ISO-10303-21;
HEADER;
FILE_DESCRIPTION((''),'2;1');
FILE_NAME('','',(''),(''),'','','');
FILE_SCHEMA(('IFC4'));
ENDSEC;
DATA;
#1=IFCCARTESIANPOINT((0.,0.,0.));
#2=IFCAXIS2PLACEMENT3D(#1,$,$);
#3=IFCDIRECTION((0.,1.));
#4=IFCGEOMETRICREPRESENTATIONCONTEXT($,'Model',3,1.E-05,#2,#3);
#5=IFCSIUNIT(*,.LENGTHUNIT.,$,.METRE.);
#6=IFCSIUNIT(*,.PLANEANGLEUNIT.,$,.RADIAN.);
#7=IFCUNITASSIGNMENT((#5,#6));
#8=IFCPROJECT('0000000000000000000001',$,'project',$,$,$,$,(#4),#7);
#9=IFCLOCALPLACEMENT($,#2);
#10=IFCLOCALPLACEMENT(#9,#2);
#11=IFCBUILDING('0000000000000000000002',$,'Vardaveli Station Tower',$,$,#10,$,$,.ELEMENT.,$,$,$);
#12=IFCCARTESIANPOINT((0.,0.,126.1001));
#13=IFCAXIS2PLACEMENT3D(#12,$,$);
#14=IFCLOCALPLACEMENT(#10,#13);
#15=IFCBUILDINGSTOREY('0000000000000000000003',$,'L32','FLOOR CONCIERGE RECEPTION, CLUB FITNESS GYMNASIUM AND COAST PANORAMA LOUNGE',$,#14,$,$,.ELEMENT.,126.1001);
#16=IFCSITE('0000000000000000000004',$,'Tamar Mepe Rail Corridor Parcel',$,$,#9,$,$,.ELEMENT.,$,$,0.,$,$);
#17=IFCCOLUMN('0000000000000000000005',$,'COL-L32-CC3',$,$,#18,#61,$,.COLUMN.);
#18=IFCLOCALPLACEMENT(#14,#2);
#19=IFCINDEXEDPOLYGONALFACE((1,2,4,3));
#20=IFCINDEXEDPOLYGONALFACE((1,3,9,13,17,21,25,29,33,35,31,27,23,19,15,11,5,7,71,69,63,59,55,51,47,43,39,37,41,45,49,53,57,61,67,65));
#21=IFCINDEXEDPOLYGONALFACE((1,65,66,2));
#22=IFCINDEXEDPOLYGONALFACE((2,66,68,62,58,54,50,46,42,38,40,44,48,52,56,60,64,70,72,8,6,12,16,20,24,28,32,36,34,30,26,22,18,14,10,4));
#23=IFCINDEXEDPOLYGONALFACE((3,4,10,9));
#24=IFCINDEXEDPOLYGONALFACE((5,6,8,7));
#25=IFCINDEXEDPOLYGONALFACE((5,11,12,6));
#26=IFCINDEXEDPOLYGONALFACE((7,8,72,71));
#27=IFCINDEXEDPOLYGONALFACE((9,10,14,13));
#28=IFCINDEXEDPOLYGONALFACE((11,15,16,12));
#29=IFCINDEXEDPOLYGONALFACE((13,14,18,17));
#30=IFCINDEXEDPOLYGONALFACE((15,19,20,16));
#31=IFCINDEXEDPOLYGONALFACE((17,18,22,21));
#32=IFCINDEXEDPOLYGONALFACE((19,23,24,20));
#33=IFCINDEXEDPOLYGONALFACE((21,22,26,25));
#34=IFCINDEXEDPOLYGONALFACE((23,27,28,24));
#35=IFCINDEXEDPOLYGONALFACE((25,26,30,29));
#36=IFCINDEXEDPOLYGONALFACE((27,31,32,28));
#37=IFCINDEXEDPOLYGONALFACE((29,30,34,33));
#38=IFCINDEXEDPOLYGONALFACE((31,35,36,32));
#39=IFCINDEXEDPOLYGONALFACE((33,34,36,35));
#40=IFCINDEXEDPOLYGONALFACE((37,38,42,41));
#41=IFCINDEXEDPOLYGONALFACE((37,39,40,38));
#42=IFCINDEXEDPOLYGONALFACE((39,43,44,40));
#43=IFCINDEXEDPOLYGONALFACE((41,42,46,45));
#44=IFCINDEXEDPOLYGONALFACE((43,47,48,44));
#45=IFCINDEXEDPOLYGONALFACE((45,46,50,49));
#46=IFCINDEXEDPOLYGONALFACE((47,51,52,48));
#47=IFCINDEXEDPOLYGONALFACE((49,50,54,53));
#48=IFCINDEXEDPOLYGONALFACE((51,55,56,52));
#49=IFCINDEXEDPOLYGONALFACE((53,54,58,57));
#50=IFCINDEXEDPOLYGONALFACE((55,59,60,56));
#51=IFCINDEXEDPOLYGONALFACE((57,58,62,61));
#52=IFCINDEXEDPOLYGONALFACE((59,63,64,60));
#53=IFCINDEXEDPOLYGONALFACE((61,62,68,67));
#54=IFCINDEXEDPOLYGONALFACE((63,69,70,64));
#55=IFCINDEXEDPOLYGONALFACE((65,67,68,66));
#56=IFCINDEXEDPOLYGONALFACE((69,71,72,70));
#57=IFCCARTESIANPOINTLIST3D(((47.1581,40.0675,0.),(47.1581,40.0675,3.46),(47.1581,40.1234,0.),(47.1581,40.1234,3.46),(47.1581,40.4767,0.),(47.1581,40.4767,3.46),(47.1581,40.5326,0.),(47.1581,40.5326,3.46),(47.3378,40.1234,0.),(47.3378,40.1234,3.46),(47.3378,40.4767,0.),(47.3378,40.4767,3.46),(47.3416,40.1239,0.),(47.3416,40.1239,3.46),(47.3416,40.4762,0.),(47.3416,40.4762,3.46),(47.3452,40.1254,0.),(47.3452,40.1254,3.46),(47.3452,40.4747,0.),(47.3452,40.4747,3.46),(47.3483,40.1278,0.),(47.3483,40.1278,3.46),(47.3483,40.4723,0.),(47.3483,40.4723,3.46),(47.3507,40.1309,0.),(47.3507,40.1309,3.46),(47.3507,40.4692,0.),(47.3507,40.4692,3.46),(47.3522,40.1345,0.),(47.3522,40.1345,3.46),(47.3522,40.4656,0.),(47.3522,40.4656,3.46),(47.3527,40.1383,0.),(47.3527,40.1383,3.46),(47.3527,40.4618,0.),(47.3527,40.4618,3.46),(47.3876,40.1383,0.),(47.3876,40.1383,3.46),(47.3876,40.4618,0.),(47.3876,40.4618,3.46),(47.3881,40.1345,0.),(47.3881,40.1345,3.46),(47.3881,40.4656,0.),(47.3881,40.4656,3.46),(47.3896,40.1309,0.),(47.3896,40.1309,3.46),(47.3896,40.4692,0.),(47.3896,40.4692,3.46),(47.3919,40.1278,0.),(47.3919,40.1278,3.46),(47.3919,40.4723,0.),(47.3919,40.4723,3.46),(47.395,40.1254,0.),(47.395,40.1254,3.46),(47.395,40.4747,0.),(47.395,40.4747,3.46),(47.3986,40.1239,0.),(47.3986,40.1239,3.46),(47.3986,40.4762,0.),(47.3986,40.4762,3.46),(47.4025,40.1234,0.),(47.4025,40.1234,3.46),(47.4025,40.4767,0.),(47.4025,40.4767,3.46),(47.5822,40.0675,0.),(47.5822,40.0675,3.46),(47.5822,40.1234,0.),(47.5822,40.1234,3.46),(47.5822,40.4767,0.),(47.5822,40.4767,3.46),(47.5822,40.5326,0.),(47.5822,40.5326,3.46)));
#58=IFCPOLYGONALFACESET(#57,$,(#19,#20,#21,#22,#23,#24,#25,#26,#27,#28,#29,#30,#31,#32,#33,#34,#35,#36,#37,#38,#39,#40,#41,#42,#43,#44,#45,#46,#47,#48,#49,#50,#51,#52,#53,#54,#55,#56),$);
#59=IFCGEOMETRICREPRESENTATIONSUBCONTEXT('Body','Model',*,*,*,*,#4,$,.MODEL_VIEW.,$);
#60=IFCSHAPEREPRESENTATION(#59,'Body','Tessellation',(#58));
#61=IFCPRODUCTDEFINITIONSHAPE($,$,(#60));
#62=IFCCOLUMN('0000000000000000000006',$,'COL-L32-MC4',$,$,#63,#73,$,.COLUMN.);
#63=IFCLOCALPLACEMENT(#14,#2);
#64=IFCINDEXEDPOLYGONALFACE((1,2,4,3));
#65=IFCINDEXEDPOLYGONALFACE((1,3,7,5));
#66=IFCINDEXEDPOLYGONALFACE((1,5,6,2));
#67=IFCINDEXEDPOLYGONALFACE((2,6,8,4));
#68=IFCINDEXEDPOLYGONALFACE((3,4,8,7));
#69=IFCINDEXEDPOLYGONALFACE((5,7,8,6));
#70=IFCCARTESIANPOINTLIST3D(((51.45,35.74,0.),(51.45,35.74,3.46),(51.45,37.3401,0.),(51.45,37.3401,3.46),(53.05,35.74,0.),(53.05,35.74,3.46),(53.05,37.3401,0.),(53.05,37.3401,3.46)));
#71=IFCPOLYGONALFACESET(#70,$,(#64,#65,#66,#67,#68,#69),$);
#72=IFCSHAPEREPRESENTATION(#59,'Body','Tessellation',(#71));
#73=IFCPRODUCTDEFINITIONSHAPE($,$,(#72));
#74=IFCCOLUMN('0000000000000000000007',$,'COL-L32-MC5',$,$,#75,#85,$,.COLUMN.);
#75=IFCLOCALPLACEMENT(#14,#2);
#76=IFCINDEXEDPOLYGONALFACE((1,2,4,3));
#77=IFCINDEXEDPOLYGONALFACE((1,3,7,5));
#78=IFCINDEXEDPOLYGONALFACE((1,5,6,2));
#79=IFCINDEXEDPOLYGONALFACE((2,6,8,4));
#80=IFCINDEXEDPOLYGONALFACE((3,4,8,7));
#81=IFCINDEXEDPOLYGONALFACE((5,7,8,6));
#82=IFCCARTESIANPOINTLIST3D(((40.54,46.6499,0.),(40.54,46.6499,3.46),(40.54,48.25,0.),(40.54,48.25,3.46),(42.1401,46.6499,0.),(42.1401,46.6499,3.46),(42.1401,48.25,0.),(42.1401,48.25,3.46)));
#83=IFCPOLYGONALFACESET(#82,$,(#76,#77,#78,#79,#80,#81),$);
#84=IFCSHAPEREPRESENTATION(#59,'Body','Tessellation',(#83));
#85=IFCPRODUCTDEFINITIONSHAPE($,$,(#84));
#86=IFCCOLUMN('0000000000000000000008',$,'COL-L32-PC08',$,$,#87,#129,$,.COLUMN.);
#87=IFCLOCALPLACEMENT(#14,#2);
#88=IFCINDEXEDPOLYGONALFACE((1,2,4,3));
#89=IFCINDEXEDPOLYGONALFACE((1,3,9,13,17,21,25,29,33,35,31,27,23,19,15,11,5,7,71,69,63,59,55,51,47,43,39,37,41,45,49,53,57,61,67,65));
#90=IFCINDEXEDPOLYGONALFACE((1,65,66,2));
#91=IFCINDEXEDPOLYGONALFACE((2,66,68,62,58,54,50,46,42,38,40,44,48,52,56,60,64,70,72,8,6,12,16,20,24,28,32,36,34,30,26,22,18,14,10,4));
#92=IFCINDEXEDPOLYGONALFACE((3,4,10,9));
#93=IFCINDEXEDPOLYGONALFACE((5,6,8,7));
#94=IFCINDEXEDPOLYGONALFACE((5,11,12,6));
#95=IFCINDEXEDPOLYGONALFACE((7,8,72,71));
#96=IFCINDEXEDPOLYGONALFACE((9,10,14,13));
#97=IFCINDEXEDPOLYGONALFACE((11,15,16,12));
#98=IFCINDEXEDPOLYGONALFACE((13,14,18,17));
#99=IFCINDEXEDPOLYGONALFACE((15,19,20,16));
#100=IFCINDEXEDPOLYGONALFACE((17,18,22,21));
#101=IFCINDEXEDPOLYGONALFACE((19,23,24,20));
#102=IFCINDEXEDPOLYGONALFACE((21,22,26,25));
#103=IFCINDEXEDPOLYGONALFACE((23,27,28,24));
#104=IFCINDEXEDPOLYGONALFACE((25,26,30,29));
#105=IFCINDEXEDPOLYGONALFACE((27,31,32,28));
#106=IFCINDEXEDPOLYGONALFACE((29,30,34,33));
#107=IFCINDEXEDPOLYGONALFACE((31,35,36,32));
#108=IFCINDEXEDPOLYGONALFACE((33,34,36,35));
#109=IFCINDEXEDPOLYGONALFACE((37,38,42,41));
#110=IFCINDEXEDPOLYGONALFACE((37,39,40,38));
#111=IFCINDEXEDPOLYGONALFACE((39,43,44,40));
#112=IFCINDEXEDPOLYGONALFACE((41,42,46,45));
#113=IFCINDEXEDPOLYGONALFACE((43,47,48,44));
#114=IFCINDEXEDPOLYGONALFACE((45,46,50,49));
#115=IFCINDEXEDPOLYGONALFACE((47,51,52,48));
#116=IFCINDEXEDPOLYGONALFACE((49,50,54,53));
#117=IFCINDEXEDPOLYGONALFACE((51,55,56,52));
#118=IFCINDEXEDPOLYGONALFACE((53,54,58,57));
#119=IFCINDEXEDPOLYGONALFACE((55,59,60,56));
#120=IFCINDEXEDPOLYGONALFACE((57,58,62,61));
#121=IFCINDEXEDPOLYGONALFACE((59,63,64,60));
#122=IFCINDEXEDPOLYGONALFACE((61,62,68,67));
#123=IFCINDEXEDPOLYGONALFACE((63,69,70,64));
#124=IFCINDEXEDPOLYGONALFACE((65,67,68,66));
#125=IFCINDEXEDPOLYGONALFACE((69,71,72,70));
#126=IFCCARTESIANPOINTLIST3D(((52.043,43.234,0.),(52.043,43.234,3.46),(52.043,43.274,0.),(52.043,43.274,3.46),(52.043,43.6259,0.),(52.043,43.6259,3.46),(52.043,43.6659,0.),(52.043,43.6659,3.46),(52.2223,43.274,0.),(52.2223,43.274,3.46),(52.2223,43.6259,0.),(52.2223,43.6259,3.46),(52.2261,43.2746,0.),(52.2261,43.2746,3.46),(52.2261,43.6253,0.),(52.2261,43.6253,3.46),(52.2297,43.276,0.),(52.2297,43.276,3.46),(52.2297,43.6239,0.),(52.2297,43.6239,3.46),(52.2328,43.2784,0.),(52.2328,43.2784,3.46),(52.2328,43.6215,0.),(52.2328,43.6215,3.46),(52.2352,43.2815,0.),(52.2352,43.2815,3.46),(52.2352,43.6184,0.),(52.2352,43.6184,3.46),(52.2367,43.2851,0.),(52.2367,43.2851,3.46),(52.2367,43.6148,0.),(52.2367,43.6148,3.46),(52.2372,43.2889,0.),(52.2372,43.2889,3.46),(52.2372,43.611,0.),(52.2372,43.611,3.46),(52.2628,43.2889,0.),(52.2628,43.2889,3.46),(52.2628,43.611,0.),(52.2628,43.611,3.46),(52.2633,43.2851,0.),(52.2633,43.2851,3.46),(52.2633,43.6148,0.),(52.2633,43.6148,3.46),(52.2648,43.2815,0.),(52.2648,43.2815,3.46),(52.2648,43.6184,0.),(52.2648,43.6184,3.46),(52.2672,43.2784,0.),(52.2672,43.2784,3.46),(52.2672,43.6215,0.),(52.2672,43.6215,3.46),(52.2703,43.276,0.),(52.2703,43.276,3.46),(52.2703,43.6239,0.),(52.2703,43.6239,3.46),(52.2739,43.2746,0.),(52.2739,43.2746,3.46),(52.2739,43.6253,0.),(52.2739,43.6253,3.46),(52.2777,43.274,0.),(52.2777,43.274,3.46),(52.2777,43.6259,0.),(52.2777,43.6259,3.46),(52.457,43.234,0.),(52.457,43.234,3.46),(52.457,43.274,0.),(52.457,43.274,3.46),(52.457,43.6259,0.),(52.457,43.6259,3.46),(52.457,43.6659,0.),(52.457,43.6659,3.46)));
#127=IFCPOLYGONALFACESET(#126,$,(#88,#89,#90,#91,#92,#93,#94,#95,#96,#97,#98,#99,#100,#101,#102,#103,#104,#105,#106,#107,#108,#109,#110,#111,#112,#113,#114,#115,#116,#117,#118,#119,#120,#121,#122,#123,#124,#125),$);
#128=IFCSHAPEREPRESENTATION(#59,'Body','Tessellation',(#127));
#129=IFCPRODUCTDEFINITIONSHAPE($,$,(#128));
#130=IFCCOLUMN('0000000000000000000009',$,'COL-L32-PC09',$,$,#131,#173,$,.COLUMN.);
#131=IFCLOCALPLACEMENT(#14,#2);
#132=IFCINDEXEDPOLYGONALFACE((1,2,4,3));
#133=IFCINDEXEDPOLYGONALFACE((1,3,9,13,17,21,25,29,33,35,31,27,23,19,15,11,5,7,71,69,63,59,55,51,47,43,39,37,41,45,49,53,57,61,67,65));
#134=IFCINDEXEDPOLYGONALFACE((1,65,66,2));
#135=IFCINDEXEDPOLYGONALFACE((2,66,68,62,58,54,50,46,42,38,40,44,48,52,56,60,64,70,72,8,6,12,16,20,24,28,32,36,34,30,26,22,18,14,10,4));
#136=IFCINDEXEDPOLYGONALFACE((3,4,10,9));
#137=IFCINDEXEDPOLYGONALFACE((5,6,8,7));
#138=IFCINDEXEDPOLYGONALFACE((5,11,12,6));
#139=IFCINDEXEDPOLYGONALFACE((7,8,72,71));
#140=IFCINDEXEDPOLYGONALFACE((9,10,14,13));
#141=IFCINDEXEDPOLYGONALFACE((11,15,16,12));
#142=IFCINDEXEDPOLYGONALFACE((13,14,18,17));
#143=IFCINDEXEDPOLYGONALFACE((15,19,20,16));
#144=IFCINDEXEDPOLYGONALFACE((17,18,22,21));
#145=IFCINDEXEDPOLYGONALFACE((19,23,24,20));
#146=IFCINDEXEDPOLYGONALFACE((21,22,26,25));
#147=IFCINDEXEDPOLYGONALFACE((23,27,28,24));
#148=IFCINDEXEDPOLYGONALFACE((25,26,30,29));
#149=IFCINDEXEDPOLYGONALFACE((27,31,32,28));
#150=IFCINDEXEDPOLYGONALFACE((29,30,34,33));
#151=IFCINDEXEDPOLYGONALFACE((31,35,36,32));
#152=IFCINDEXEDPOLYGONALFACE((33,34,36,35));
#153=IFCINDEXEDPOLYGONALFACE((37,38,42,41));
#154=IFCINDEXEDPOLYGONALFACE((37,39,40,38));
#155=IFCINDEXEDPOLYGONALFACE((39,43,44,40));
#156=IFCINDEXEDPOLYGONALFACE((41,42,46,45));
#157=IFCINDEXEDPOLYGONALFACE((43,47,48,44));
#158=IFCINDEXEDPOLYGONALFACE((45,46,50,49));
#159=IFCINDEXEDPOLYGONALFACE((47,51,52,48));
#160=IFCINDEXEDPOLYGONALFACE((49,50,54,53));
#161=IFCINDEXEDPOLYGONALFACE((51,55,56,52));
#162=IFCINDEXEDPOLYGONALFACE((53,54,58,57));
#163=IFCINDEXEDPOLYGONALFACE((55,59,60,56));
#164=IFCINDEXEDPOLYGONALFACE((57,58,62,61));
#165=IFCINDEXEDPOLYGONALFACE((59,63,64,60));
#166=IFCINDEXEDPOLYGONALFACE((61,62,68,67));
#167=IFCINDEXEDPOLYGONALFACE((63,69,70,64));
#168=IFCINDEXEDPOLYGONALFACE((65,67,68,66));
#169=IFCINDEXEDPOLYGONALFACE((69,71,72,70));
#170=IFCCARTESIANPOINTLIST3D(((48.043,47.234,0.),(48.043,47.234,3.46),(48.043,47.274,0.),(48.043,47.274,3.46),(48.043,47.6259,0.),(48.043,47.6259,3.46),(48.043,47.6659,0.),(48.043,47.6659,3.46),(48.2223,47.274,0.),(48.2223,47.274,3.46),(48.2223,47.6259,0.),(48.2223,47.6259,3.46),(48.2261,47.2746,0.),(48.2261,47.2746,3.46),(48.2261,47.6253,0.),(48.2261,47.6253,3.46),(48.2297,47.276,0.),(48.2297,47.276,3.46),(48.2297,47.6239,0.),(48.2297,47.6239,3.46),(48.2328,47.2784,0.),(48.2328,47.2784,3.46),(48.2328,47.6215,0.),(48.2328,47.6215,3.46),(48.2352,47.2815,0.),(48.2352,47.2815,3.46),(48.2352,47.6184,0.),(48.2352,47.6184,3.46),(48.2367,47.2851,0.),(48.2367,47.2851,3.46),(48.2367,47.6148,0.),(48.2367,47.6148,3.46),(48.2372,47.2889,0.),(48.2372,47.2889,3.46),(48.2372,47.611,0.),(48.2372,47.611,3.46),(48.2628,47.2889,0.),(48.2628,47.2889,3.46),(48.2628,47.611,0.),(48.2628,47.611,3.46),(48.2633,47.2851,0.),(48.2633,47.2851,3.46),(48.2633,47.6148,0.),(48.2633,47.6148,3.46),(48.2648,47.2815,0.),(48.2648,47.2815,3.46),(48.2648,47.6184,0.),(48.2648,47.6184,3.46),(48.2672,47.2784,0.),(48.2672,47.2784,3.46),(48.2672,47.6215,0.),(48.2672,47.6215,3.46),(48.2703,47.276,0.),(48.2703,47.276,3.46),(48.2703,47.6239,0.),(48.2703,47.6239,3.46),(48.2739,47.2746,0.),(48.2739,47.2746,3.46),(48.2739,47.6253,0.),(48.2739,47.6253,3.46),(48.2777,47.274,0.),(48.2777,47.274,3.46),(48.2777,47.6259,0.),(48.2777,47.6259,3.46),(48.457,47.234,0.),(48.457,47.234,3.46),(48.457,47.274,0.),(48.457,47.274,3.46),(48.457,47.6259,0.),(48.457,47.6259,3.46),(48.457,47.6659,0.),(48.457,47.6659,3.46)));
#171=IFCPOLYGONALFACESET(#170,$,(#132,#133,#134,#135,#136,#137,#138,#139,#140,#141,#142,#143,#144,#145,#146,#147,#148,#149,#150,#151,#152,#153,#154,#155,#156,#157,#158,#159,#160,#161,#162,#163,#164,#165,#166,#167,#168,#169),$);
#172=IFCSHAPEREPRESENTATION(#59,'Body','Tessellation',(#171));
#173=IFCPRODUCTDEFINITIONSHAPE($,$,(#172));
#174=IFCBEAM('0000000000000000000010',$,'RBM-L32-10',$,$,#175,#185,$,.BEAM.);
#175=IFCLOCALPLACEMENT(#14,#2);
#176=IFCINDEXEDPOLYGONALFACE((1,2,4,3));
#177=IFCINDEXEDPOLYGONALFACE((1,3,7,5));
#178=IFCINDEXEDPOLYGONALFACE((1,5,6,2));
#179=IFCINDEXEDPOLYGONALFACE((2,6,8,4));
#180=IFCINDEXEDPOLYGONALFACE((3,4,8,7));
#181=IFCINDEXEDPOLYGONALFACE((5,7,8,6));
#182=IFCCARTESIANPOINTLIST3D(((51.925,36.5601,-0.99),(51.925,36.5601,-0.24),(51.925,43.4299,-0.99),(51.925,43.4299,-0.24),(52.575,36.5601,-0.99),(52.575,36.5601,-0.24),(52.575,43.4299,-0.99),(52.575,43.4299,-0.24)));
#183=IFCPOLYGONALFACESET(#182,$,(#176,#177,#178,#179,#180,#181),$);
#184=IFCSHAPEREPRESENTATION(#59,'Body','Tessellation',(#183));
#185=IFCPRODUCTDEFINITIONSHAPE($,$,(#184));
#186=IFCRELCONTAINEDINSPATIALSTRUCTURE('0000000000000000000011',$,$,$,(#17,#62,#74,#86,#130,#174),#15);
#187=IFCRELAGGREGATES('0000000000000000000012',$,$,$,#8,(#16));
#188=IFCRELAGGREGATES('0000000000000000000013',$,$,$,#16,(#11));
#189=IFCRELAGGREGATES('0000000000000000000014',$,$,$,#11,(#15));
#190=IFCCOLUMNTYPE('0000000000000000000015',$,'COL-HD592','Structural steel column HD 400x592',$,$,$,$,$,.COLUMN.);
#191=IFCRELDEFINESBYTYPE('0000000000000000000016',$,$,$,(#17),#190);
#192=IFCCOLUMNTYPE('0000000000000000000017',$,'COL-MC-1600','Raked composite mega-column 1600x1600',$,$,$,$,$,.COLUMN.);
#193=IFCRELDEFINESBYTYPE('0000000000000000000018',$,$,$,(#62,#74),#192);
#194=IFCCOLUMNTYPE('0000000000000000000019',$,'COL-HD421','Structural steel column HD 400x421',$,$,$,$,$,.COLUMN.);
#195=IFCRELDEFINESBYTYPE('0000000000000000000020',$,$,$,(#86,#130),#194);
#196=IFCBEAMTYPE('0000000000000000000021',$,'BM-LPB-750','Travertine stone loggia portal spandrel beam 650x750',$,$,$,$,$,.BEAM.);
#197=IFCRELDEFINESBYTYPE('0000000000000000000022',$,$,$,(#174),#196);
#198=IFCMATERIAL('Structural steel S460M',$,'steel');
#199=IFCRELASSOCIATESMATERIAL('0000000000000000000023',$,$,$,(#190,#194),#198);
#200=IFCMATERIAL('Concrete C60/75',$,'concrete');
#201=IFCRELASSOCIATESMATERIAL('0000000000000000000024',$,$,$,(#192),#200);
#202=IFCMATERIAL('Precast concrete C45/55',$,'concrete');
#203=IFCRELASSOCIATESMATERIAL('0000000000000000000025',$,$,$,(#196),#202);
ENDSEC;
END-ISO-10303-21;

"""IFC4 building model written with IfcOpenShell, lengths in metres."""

from ifc_helpers import new_model, si_unit, direction, frame, origin, origin_2d, place, context, subcontext, project, spatial, rectangle, i_section, extrude, source, transform, mapped, material, material_profile, profile_set, type_object, element, save


model = new_model("IFC4")

# Units and contexts
model_context = context("Model", 3, precision=1e-05, world=origin(), true_north=direction((0.0, 1.0)))
body_context = subcontext(model_context, "Body", "Model", "MODEL_VIEW")
ifc_project = project(units=[si_unit("LENGTHUNIT", "METRE"), si_unit("PLANEANGLEUNIT", "RADIAN")], contexts=[model_context])

# Site, building, storey
site_placement = place(None, origin())
site = spatial("IfcSite", under=ifc_project, at=site_placement, Name="Tamar Mepe Rail Corridor Parcel", CompositionType="ELEMENT", RefElevation=0.0)
building_placement = place(site_placement, origin())
building = spatial("IfcBuilding", under=site, at=building_placement, Name="Vardaveli Station Tower", CompositionType="ELEMENT")
storey_placement = place(building_placement, frame((0.0, 0.0, 126.1001)))
storey = spatial("IfcBuildingStorey", under=building, at=storey_placement, Name="L32", Description="FLOOR CONCIERGE RECEPTION, CLUB FITNESS GYMNASIUM AND COAST PANORAMA LOUNGE", CompositionType="ELEMENT", Elevation=126.1001)

# Columns
ifc_material_1 = material(Name="Structural steel S460M", Category="steel")
ifc_material_profile_1 = material_profile(ifc_material_1, i_section(OverallWidth=0.4241, OverallDepth=0.4651, WebThickness=0.0349, FlangeThickness=0.0559, FilletRadius=0.0149, at=origin_2d()), Name="HD 400x592")
ifc_profile_set_1 = profile_set([ifc_material_profile_1], Name="Structural steel S460M")
column_type_1 = type_object("IfcColumnType", Name="COL-HD592", Description="Structural steel column HD 400x592", PredefinedType="COLUMN", material=ifc_profile_set_1)
shared_shape_1 = source(origin(), body_context, "Body", "SweptSolid", [
    extrude(i_section(OverallWidth=0.4241, OverallDepth=0.4651, WebThickness=0.0349, FlangeThickness=0.0559, FilletRadius=0.0149, at=origin_2d()), origin(), (0.0, 0.0, 1.0), 3.46),
])
column_placement = place(storey_placement, frame((47.3701, 40.3, 0.0), z_axis=(0.0, 0.0, 1.0), x_axis=(1.0, 0.0, 0.0)))
element("IfcColumn", 1, at=column_placement, inside=storey, type_object=column_type_1, Name="COL-L32-CC3", PredefinedType="COLUMN", context=body_context, shape_type="MappedRepresentation", body=[
    mapped(shared_shape_1, transform((0.0, 0.0, 0.0), scale=1.0)),
])
ifc_material_2 = material(Name="Concrete C60/75", Category="concrete")
ifc_material_profile_2 = material_profile(ifc_material_2, rectangle(XDim=1.6001, YDim=1.6001, at=origin_2d()), Name="MC 1600x1600")
ifc_profile_set_2 = profile_set([ifc_material_profile_2], Name="Concrete C60/75")
column_type_2 = type_object("IfcColumnType", Name="COL-MC-1600", Description="Raked composite mega-column 1600x1600", PredefinedType="COLUMN", material=ifc_profile_set_2)
shared_shape_2 = source(origin(), body_context, "Body", "SweptSolid", [
    extrude(rectangle(XDim=1.6001, YDim=1.6001, at=origin_2d()), origin(), (0.0, 0.0, 1.0), 3.46),
])
for number, where, z_axis, x_axis, name in (
    (2, (52.25, 36.54, 0.0), (0.0, 0.0, 1.0), (1.0, 0.0, 0.0), "COL-L32-MC4"),
    (3, (41.3401, 47.45, 0.0), (0.0, 0.0, 1.0), (1.0, 0.0, 0.0), "COL-L32-MC5"),
):
    element("IfcColumn", number, at=place(storey_placement, frame(where, z_axis=z_axis, x_axis=x_axis)), inside=storey, type_object=column_type_2, Name=name, PredefinedType="COLUMN", context=body_context, shape_type="MappedRepresentation", body=[
        mapped(shared_shape_2, transform((0.0, 0.0, 0.0), scale=1.0)),
    ])
ifc_material_profile_3 = material_profile(ifc_material_1, i_section(OverallWidth=0.4141, OverallDepth=0.4319, WebThickness=0.0256, FlangeThickness=0.04, FilletRadius=0.0149, at=origin_2d()), Name="HD 400x421")
ifc_profile_set_3 = profile_set([ifc_material_profile_3], Name="Structural steel S460M")
column_type_3 = type_object("IfcColumnType", Name="COL-HD421", Description="Structural steel column HD 400x421", PredefinedType="COLUMN", material=ifc_profile_set_3)
shared_shape_3 = source(origin(), body_context, "Body", "SweptSolid", [
    extrude(i_section(OverallWidth=0.4141, OverallDepth=0.4319, WebThickness=0.0256, FlangeThickness=0.04, FilletRadius=0.0149, at=origin_2d()), origin(), (0.0, 0.0, 1.0), 3.46),
])
for number, where, z_axis, x_axis, name in (
    (4, (52.25, 43.45, 0.0), (0.0, 0.0, 1.0), (1.0, 0.0, 0.0), "COL-L32-PC08"),
    (5, (48.25, 47.45, 0.0), (0.0, 0.0, 1.0), (1.0, 0.0, 0.0), "COL-L32-PC09"),
):
    element("IfcColumn", number, at=place(storey_placement, frame(where, z_axis=z_axis, x_axis=x_axis)), inside=storey, type_object=column_type_3, Name=name, PredefinedType="COLUMN", context=body_context, shape_type="MappedRepresentation", body=[
        mapped(shared_shape_3, transform((0.0, 0.0, 0.0), scale=1.0)),
    ])

# Beam
ifc_material_3 = material(Name="Precast concrete C45/55", Category="concrete")
ifc_material_profile_4 = material_profile(ifc_material_3, rectangle(XDim=0.6499, YDim=0.75, at=origin_2d()), Name="LPB 650x750")
ifc_profile_set_4 = profile_set([ifc_material_profile_4], Name="Precast concrete C45/55")
beam_type = type_object("IfcBeamType", Name="BM-LPB-750", Description="Travertine stone loggia portal spandrel beam 650x750", PredefinedType="BEAM", material=ifc_profile_set_4)
shared_shape_4 = source(origin(), body_context, "Body", "SweptSolid", [
    extrude(rectangle(XDim=0.6499, YDim=0.75, at=origin_2d()), origin(), (0.0, 0.0, 1.0), 6.8699),
])
for number, where, z_axis, x_axis, name in (
    (6, (52.25, 36.5601, -0.615), (0.0, 1.0, 0.0), (-1.0, 0.0, 0.0), "RBM-L32-10"),
):
    element("IfcBeam", number, at=place(storey_placement, frame(where, z_axis=z_axis, x_axis=x_axis)), inside=storey, type_object=beam_type, Name=name, PredefinedType="BEAM", context=body_context, shape_type="MappedRepresentation", body=[
        mapped(shared_shape_4, transform((0.0, 0.0, 0.0), scale=1.0)),
    ])

save(model, "model.ifc")
